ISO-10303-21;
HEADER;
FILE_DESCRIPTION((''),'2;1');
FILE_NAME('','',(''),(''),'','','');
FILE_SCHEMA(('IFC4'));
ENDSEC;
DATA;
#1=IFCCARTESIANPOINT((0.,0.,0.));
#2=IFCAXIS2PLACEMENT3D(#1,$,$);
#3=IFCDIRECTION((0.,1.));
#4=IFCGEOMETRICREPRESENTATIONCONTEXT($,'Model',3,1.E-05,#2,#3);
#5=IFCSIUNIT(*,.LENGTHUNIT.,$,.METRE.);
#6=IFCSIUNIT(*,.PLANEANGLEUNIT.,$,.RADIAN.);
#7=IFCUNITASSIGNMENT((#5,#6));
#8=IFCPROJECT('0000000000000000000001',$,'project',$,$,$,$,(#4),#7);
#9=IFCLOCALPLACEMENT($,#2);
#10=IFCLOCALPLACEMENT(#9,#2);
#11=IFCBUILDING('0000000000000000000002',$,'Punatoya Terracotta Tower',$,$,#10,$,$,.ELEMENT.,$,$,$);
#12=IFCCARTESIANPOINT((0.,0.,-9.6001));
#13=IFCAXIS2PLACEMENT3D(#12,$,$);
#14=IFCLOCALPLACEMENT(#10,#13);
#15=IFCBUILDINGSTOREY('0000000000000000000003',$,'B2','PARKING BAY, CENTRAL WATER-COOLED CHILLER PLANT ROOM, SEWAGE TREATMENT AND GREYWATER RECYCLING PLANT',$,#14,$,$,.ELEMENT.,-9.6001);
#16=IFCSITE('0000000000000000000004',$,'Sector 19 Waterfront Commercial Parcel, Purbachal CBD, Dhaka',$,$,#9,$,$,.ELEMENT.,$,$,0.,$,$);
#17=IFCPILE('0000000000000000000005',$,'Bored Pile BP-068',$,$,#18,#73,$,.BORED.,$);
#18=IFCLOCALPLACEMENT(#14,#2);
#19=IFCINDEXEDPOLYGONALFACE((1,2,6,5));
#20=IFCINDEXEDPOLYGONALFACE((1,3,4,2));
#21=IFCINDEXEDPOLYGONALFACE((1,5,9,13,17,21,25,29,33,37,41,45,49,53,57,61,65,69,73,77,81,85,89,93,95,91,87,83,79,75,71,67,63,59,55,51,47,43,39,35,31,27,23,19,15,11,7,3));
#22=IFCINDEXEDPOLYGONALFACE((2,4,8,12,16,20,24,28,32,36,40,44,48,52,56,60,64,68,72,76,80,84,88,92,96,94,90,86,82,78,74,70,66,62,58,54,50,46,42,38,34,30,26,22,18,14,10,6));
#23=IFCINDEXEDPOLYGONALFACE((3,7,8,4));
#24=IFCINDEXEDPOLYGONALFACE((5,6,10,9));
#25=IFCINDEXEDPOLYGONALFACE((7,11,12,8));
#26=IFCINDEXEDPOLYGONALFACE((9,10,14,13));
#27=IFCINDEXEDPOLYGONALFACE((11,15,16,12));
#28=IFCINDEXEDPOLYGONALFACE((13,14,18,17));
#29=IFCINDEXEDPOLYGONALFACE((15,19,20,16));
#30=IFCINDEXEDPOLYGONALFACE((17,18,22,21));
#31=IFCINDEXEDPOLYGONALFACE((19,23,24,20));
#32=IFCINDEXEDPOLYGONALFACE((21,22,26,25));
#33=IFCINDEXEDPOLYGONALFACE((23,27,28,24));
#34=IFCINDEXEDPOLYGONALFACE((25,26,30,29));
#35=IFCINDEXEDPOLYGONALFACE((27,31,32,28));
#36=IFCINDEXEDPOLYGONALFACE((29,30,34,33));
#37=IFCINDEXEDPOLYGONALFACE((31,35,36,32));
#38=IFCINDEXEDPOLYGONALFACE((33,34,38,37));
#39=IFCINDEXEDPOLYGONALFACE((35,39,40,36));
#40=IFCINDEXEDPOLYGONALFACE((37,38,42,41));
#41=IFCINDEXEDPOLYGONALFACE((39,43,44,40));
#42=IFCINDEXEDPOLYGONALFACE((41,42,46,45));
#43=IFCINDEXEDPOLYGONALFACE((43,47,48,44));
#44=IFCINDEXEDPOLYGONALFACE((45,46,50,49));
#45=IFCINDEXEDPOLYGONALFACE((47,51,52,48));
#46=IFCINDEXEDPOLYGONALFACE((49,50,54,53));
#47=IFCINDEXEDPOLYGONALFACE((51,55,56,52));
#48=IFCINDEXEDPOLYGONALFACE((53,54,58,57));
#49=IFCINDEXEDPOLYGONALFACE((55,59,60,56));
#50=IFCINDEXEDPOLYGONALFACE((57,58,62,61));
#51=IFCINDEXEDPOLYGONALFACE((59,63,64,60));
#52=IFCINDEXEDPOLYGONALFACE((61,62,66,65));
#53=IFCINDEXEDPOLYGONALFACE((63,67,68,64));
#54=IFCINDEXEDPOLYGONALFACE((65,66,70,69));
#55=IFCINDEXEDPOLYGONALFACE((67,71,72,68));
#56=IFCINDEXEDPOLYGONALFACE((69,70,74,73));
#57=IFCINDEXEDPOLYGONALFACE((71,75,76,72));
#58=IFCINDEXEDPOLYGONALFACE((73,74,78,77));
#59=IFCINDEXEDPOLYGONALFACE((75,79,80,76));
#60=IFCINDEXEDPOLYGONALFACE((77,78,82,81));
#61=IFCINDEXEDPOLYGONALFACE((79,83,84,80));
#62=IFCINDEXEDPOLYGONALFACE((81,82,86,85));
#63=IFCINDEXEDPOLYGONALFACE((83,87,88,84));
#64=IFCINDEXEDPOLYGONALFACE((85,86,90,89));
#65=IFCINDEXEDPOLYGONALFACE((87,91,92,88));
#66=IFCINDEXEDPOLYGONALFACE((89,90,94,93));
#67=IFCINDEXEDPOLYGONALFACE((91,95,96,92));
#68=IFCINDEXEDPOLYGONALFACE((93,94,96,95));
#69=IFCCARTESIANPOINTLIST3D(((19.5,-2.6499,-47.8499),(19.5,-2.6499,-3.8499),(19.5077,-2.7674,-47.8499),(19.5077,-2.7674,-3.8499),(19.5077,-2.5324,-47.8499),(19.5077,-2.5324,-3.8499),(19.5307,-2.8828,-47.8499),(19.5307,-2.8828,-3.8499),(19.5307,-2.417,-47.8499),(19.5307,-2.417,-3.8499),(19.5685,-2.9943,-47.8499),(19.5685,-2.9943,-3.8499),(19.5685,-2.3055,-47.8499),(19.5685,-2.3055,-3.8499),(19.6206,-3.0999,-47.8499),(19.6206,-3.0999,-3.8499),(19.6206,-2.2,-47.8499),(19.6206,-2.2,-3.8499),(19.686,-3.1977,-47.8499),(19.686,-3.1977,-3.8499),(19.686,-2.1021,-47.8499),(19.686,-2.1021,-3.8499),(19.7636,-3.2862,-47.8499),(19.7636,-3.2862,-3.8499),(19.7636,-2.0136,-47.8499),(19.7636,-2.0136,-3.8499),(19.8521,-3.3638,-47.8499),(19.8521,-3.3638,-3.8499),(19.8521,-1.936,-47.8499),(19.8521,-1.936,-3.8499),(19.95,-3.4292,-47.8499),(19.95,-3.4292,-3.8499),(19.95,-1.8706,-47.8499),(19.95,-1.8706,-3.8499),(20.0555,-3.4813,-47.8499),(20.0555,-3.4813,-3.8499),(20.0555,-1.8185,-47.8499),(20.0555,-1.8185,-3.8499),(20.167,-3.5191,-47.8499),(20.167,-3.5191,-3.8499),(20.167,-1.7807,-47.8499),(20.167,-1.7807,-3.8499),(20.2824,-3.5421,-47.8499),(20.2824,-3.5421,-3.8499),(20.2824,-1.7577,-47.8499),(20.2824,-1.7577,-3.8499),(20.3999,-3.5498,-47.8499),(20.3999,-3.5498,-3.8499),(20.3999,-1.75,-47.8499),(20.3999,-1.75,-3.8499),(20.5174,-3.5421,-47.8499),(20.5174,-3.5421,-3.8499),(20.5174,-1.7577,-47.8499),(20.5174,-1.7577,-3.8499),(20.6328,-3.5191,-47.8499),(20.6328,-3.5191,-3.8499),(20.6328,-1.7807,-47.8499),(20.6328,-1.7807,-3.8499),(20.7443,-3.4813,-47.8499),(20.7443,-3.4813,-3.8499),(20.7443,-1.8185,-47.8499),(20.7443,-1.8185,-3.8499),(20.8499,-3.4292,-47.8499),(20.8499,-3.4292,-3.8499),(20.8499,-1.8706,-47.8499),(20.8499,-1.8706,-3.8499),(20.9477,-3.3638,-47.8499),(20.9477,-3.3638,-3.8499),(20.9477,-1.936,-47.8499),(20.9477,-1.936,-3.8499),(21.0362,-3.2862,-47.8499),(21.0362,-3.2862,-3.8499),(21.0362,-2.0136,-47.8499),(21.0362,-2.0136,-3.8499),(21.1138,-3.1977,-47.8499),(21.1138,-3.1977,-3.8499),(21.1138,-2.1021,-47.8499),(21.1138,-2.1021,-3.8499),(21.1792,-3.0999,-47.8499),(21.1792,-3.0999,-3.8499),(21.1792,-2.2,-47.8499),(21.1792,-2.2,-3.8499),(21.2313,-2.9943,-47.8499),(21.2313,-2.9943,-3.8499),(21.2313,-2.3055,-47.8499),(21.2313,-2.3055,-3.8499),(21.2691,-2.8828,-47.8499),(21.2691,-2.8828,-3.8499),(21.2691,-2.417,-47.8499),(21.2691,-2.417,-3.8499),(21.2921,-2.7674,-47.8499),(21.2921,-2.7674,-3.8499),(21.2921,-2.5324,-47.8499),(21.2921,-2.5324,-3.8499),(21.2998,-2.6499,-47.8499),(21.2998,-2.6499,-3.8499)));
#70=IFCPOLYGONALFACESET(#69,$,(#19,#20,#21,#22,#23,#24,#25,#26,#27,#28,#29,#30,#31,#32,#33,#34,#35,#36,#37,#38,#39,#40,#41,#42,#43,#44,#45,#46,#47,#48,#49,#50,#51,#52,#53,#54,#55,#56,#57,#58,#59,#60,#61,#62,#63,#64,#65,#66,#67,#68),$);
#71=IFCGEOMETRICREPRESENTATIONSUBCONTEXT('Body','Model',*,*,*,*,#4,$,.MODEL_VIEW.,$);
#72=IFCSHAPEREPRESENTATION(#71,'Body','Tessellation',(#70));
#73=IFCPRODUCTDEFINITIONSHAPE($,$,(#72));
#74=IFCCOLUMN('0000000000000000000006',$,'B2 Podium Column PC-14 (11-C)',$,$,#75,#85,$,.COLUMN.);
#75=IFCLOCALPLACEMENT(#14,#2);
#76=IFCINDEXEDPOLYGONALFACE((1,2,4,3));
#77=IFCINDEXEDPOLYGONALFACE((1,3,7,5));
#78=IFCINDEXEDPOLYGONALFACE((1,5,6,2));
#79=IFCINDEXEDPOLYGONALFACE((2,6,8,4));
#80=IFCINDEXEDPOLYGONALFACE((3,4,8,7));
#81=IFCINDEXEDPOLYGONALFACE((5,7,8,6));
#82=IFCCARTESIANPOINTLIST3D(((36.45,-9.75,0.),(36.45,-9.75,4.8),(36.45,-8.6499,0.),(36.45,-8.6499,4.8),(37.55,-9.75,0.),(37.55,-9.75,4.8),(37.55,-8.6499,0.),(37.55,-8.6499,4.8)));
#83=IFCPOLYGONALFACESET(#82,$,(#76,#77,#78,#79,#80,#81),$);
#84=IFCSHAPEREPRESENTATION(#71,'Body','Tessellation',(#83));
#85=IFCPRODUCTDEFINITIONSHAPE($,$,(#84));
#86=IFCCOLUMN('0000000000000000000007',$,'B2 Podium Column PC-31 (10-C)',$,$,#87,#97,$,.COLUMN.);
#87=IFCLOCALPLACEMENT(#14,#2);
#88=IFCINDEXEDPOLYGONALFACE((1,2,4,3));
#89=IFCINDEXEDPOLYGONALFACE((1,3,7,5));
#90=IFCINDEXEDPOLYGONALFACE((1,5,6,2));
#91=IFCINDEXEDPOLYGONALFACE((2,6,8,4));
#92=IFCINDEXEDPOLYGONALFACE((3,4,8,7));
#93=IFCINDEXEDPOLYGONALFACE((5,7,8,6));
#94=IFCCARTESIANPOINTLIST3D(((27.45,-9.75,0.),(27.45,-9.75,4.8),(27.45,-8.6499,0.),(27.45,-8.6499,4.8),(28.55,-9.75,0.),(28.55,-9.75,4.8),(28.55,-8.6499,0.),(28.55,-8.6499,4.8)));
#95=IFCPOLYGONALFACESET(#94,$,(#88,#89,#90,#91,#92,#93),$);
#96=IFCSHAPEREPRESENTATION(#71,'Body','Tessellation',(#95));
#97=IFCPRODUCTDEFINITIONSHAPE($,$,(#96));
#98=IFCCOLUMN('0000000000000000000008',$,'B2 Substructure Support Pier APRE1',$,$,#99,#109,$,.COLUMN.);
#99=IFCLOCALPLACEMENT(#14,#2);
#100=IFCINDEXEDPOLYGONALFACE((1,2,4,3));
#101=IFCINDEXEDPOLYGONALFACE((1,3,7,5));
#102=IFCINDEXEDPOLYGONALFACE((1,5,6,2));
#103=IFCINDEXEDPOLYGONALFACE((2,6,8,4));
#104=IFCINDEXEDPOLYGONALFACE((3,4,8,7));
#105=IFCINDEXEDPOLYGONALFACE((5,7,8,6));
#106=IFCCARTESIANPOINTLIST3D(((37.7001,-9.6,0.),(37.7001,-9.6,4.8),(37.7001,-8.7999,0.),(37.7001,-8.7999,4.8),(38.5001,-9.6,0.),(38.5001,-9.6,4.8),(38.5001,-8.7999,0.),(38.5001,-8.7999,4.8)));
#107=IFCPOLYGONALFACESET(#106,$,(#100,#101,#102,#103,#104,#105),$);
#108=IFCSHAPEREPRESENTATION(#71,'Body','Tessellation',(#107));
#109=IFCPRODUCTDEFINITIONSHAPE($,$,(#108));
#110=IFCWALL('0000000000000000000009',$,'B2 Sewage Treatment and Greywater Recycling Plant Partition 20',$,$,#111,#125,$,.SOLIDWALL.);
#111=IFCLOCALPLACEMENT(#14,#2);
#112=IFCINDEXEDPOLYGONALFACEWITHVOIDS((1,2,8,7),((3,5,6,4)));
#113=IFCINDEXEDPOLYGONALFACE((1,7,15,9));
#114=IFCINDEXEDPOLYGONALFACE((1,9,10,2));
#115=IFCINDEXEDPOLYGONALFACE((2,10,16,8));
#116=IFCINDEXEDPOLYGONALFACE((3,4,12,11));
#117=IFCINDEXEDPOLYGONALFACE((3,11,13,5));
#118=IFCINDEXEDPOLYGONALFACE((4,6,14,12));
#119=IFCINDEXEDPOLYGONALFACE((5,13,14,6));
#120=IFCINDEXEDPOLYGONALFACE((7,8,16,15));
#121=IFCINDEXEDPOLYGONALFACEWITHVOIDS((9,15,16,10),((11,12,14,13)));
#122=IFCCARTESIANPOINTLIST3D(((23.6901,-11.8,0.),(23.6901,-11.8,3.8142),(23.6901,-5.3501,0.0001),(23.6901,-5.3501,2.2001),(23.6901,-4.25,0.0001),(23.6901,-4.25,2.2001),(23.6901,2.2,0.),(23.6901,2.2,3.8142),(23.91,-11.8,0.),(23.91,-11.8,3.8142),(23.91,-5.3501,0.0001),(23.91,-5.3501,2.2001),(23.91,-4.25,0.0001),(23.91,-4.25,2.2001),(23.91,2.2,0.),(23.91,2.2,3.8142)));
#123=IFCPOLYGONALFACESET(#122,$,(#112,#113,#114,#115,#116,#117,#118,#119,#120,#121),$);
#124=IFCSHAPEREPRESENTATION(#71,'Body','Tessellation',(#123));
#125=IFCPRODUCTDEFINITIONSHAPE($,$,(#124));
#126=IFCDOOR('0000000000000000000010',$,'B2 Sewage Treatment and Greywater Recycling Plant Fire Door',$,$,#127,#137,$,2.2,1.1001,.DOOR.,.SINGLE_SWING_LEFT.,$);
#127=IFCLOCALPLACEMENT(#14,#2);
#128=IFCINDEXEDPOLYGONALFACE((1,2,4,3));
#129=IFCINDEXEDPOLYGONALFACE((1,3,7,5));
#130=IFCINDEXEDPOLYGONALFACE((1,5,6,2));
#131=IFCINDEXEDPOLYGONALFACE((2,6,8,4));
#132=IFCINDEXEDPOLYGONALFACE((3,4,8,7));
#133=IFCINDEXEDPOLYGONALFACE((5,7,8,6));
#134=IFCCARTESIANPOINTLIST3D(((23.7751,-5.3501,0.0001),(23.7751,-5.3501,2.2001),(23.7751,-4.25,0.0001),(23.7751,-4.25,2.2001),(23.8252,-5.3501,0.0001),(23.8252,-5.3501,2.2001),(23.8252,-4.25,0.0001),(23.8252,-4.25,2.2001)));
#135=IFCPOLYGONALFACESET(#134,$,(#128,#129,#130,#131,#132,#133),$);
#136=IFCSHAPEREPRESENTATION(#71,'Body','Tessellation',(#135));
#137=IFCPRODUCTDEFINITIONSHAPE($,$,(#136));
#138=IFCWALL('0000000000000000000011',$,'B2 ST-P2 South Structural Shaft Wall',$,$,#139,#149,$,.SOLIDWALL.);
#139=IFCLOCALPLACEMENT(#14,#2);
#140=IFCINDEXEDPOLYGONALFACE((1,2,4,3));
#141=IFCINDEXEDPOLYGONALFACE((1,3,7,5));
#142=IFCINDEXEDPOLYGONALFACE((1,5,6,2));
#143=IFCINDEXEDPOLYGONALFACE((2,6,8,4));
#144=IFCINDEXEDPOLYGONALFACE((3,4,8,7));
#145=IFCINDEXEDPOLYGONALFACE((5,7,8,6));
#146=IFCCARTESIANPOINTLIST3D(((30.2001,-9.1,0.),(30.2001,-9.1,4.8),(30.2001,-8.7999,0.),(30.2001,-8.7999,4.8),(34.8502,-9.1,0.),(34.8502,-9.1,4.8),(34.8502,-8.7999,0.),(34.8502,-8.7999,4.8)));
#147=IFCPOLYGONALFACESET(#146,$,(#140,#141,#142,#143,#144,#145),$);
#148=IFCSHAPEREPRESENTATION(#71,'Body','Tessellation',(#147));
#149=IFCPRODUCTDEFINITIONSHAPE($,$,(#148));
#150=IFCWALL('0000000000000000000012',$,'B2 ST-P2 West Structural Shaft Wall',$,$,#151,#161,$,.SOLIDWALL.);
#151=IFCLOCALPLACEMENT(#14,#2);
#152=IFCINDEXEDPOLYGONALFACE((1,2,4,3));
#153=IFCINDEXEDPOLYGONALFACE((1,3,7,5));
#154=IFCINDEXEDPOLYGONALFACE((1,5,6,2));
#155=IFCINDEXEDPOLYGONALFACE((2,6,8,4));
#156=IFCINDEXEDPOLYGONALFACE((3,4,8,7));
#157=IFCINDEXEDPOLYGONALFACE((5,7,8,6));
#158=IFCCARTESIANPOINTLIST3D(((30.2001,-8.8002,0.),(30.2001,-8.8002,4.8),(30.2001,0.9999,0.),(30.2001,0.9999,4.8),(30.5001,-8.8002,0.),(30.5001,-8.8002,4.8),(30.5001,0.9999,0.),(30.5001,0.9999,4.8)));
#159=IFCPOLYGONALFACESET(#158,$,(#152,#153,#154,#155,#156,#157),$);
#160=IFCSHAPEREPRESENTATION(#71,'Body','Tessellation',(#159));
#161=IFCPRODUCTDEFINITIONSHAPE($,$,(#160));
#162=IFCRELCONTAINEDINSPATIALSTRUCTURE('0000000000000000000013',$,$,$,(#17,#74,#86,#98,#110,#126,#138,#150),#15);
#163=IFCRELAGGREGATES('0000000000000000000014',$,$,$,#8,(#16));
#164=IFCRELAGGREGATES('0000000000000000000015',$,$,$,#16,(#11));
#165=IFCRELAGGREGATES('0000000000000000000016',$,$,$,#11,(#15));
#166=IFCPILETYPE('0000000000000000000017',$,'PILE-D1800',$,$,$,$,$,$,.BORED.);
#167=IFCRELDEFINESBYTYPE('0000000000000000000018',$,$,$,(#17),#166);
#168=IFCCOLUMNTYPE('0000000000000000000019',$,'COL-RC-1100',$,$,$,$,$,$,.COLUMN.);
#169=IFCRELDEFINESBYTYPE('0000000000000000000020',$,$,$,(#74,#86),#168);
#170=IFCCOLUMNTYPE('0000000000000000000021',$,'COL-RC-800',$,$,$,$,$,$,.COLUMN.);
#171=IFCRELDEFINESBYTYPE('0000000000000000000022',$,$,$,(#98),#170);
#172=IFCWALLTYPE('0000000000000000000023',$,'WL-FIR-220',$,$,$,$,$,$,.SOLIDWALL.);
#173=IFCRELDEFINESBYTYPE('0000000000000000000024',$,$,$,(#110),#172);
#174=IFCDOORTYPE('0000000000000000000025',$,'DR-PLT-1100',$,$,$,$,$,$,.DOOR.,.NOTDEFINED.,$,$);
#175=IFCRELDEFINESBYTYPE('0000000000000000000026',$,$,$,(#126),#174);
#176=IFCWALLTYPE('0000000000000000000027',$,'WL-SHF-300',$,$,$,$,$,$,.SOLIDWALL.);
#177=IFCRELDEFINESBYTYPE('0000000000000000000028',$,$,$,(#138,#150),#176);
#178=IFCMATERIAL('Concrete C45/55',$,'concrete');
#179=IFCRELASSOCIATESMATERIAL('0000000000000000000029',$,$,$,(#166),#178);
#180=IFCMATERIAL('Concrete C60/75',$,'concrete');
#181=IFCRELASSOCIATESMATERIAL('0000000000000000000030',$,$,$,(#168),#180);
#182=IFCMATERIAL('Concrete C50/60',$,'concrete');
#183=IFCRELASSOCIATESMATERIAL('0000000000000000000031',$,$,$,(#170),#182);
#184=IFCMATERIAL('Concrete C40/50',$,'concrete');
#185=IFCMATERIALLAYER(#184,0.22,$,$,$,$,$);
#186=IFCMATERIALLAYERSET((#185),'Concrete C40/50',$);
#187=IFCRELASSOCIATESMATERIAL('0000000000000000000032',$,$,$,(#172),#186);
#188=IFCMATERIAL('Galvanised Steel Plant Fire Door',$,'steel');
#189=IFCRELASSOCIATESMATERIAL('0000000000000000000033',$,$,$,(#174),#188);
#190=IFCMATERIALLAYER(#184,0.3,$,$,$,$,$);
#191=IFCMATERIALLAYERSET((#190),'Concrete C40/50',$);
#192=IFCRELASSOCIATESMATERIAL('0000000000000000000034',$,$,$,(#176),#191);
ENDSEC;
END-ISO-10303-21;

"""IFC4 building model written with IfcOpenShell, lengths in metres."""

from ifc_helpers import new_model, si_unit, direction, frame, frame_2d, origin, origin_2d, place, context, subcontext, project, spatial, rectangle, circle, extrude, material, layer, layer_set, material_profile, profile_set, type_object, element, fill, save


model = new_model("IFC4")

# Units and contexts
model_context = context("Model", 3, precision=1e-05, world=origin(), true_north=direction((0.0, 1.0)))
body_context = subcontext(model_context, "Body", "Model", "MODEL_VIEW")
ifc_project = project(units=[si_unit("LENGTHUNIT", "METRE"), si_unit("PLANEANGLEUNIT", "RADIAN")], contexts=[model_context])

# Site, building, storey
site_placement = place(None, origin())
site = spatial("IfcSite", under=ifc_project, at=site_placement, Name="Sector 19 Waterfront Commercial Parcel, Purbachal CBD, Dhaka", CompositionType="ELEMENT", RefElevation=0.0)
building_placement = place(site_placement, origin())
building = spatial("IfcBuilding", under=site, at=building_placement, Name="Punatoya Terracotta Tower", CompositionType="ELEMENT")
storey_placement = place(building_placement, frame((0.0, 0.0, -9.6001)))
storey = spatial("IfcBuildingStorey", under=building, at=storey_placement, Name="B2", Description="PARKING BAY, CENTRAL WATER-COOLED CHILLER PLANT ROOM, SEWAGE TREATMENT AND GREYWATER RECYCLING PLANT", CompositionType="ELEMENT", Elevation=-9.6001)

# Shared definitions
ifc_material_1 = material(Name="Concrete C45/55", Category="concrete")

# Pile
ifc_material_profile_1 = material_profile(ifc_material_1, circle(Radius=0.8999, at=origin_2d()))
ifc_profile_set_1 = profile_set([ifc_material_profile_1], Name="Concrete C45/55")
pile_type_1 = type_object("IfcPileType", Name="PILE-D1800", PredefinedType="BORED", material=ifc_profile_set_1)
for number, where, z_axis, x_axis, name in (
    (1, (20.3999, -2.6499, -3.8499), (0.0, 0.0, -1.0), (1.0, 0.0, 0.0), "Bored Pile BP-068"),
):
    element("IfcPile", number, at=place(storey_placement, frame(where, z_axis=z_axis, x_axis=x_axis)), inside=storey, type_object=pile_type_1, Name=name, PredefinedType="BORED", context=body_context, shape_type="SweptSolid", body=[
        extrude(circle(Radius=0.8999, at=origin_2d()), origin(), (0.0, 0.0, 1.0), 44.0),
    ])

# Columns
ifc_material_2 = material(Name="Concrete C60/75", Category="concrete")
ifc_material_profile_2 = material_profile(ifc_material_2, rectangle(XDim=1.1001, YDim=1.1001, at=origin_2d()))
ifc_profile_set_2 = profile_set([ifc_material_profile_2], Name="Concrete C60/75")
column_type_1 = type_object("IfcColumnType", Name="COL-RC-1100", PredefinedType="COLUMN", material=ifc_profile_set_2)
for number, where, z_axis, x_axis, name in (
    (2, (37.0, -9.2, 0.0), (0.0, 0.0, 1.0), (1.0, 0.0, 0.0), "B2 Podium Column PC-14 (11-C)"),
    (3, (28.0, -9.2, 0.0), (0.0, 0.0, 1.0), (1.0, 0.0, 0.0), "B2 Podium Column PC-31 (10-C)"),
):
    element("IfcColumn", number, at=place(storey_placement, frame(where, z_axis=z_axis, x_axis=x_axis)), inside=storey, type_object=column_type_1, Name=name, PredefinedType="COLUMN", context=body_context, shape_type="SweptSolid", body=[
        extrude(rectangle(XDim=1.1001, YDim=1.1001, at=origin_2d()), origin(), (0.0, 0.0, 1.0), 4.8),
    ])
ifc_material_3 = material(Name="Concrete C50/60", Category="concrete")
ifc_material_profile_3 = material_profile(ifc_material_3, rectangle(XDim=0.8, YDim=0.8, at=origin_2d()))
ifc_profile_set_3 = profile_set([ifc_material_profile_3], Name="Concrete C50/60")
column_type_2 = type_object("IfcColumnType", Name="COL-RC-800", PredefinedType="COLUMN", material=ifc_profile_set_3)
column_placement = place(storey_placement, frame((38.1001, -9.2, 0.0), z_axis=(0.0, 0.0, 1.0), x_axis=(1.0, 0.0, 0.0)))
element("IfcColumn", 4, at=column_placement, inside=storey, type_object=column_type_2, Name="B2 Substructure Support Pier APRE1", PredefinedType="COLUMN", context=body_context, shape_type="SweptSolid", body=[
    extrude(rectangle(XDim=0.8, YDim=0.8, at=origin_2d()), origin(), (0.0, 0.0, 1.0), 4.8),
])

# Wall, opening, door
ifc_material_4 = material(Name="Concrete C40/50", Category="concrete")
ifc_layer_1 = layer(ifc_material_4, 0.22)
ifc_layer_set_1 = layer_set([ifc_layer_1], Name="Concrete C40/50")
wall_type_1 = type_object("IfcWallType", Name="WL-FIR-220", PredefinedType="SOLIDWALL", material=ifc_layer_set_1)
wall_1_placement = place(storey_placement, frame((23.8, -11.8, 0.0), z_axis=(0.0, 0.0, 1.0), x_axis=(0.0, 1.0, 0.0)))
wall_1 = element("IfcWall", 5, at=wall_1_placement, inside=storey, type_object=wall_type_1, Name="B2 Sewage Treatment and Greywater Recycling Plant Partition 20", PredefinedType="SOLIDWALL", context=body_context, shape_type="SweptSolid", body=[
    extrude(rectangle(XDim=14.0, YDim=0.22, at=frame_2d((7.0, 0.0))), origin(), (0.0, 0.0, 1.0), 3.8142),
])
opening_1_placement = place(wall_1_placement, frame((6.45, 0.0, 0.0)))
opening_1 = element("IfcOpeningElement", 6, at=opening_1_placement, cuts=wall_1, PredefinedType="OPENING", context=body_context, shape_type="SweptSolid", body=[
    extrude(rectangle(XDim=1.1001, YDim=2.2, at=frame_2d((0.55, 1.1001))), frame((0.0, 0.1199, 0.0), z_axis=(0.0, -1.0, 0.0), x_axis=(1.0, 0.0, 0.0)), (0.0, 0.0, 1.0), 0.24),
])
ifc_material_5 = material(Name="Galvanised Steel Plant Fire Door", Category="steel")
door_type_1 = type_object("IfcDoorType", Name="DR-PLT-1100", OperationType="NOTDEFINED", PredefinedType="DOOR", material=ifc_material_5)
door_1_placement = place(opening_1_placement, origin())
door_1 = element("IfcDoor", 7, at=door_1_placement, inside=storey, type_object=door_type_1, Name="B2 Sewage Treatment and Greywater Recycling Plant Fire Door", OperationType="SINGLE_SWING_LEFT", OverallHeight=2.2, OverallWidth=1.1001, PredefinedType="DOOR", context=body_context, shape_type="SweptSolid", body=[
    extrude(rectangle(XDim=1.1001, YDim=2.2, at=frame_2d((0.55, 1.1001))), frame((0.0, 0.0249, 0.0), z_axis=(0.0, -1.0, 0.0), x_axis=(1.0, 0.0, 0.0)), (0.0, 0.0, 1.0), 0.05),
])
fill(opening_1, door_1)

# Walls
ifc_layer_2 = layer(ifc_material_4, 0.3)
ifc_layer_set_2 = layer_set([ifc_layer_2], Name="Concrete C40/50")
wall_type_2 = type_object("IfcWallType", Name="WL-SHF-300", PredefinedType="SOLIDWALL", material=ifc_layer_set_2)
wall_2_placement = place(storey_placement, frame((30.2, -8.95, 0.0), z_axis=(0.0, 0.0, 1.0), x_axis=(1.0, 0.0, 0.0)))
element("IfcWall", 8, at=wall_2_placement, inside=storey, type_object=wall_type_2, Name="B2 ST-P2 South Structural Shaft Wall", PredefinedType="SOLIDWALL", context=body_context, shape_type="SweptSolid", body=[
    extrude(rectangle(XDim=4.6501, YDim=0.3, at=frame_2d((2.3252, 0.0))), origin(), (0.0, 0.0, 1.0), 4.8),
])
wall_3_placement = place(storey_placement, frame((30.3501, -8.8, 0.0), z_axis=(0.0, 0.0, 1.0), x_axis=(0.0, 1.0, 0.0)))
element("IfcWall", 9, at=wall_3_placement, inside=storey, type_object=wall_type_2, Name="B2 ST-P2 West Structural Shaft Wall", PredefinedType="SOLIDWALL", context=body_context, shape_type="SweptSolid", body=[
    extrude(rectangle(XDim=9.8, YDim=0.3, at=frame_2d((4.8999, 0.0))), origin(), (0.0, 0.0, 1.0), 4.8),
])

save(model, "model.ifc")
